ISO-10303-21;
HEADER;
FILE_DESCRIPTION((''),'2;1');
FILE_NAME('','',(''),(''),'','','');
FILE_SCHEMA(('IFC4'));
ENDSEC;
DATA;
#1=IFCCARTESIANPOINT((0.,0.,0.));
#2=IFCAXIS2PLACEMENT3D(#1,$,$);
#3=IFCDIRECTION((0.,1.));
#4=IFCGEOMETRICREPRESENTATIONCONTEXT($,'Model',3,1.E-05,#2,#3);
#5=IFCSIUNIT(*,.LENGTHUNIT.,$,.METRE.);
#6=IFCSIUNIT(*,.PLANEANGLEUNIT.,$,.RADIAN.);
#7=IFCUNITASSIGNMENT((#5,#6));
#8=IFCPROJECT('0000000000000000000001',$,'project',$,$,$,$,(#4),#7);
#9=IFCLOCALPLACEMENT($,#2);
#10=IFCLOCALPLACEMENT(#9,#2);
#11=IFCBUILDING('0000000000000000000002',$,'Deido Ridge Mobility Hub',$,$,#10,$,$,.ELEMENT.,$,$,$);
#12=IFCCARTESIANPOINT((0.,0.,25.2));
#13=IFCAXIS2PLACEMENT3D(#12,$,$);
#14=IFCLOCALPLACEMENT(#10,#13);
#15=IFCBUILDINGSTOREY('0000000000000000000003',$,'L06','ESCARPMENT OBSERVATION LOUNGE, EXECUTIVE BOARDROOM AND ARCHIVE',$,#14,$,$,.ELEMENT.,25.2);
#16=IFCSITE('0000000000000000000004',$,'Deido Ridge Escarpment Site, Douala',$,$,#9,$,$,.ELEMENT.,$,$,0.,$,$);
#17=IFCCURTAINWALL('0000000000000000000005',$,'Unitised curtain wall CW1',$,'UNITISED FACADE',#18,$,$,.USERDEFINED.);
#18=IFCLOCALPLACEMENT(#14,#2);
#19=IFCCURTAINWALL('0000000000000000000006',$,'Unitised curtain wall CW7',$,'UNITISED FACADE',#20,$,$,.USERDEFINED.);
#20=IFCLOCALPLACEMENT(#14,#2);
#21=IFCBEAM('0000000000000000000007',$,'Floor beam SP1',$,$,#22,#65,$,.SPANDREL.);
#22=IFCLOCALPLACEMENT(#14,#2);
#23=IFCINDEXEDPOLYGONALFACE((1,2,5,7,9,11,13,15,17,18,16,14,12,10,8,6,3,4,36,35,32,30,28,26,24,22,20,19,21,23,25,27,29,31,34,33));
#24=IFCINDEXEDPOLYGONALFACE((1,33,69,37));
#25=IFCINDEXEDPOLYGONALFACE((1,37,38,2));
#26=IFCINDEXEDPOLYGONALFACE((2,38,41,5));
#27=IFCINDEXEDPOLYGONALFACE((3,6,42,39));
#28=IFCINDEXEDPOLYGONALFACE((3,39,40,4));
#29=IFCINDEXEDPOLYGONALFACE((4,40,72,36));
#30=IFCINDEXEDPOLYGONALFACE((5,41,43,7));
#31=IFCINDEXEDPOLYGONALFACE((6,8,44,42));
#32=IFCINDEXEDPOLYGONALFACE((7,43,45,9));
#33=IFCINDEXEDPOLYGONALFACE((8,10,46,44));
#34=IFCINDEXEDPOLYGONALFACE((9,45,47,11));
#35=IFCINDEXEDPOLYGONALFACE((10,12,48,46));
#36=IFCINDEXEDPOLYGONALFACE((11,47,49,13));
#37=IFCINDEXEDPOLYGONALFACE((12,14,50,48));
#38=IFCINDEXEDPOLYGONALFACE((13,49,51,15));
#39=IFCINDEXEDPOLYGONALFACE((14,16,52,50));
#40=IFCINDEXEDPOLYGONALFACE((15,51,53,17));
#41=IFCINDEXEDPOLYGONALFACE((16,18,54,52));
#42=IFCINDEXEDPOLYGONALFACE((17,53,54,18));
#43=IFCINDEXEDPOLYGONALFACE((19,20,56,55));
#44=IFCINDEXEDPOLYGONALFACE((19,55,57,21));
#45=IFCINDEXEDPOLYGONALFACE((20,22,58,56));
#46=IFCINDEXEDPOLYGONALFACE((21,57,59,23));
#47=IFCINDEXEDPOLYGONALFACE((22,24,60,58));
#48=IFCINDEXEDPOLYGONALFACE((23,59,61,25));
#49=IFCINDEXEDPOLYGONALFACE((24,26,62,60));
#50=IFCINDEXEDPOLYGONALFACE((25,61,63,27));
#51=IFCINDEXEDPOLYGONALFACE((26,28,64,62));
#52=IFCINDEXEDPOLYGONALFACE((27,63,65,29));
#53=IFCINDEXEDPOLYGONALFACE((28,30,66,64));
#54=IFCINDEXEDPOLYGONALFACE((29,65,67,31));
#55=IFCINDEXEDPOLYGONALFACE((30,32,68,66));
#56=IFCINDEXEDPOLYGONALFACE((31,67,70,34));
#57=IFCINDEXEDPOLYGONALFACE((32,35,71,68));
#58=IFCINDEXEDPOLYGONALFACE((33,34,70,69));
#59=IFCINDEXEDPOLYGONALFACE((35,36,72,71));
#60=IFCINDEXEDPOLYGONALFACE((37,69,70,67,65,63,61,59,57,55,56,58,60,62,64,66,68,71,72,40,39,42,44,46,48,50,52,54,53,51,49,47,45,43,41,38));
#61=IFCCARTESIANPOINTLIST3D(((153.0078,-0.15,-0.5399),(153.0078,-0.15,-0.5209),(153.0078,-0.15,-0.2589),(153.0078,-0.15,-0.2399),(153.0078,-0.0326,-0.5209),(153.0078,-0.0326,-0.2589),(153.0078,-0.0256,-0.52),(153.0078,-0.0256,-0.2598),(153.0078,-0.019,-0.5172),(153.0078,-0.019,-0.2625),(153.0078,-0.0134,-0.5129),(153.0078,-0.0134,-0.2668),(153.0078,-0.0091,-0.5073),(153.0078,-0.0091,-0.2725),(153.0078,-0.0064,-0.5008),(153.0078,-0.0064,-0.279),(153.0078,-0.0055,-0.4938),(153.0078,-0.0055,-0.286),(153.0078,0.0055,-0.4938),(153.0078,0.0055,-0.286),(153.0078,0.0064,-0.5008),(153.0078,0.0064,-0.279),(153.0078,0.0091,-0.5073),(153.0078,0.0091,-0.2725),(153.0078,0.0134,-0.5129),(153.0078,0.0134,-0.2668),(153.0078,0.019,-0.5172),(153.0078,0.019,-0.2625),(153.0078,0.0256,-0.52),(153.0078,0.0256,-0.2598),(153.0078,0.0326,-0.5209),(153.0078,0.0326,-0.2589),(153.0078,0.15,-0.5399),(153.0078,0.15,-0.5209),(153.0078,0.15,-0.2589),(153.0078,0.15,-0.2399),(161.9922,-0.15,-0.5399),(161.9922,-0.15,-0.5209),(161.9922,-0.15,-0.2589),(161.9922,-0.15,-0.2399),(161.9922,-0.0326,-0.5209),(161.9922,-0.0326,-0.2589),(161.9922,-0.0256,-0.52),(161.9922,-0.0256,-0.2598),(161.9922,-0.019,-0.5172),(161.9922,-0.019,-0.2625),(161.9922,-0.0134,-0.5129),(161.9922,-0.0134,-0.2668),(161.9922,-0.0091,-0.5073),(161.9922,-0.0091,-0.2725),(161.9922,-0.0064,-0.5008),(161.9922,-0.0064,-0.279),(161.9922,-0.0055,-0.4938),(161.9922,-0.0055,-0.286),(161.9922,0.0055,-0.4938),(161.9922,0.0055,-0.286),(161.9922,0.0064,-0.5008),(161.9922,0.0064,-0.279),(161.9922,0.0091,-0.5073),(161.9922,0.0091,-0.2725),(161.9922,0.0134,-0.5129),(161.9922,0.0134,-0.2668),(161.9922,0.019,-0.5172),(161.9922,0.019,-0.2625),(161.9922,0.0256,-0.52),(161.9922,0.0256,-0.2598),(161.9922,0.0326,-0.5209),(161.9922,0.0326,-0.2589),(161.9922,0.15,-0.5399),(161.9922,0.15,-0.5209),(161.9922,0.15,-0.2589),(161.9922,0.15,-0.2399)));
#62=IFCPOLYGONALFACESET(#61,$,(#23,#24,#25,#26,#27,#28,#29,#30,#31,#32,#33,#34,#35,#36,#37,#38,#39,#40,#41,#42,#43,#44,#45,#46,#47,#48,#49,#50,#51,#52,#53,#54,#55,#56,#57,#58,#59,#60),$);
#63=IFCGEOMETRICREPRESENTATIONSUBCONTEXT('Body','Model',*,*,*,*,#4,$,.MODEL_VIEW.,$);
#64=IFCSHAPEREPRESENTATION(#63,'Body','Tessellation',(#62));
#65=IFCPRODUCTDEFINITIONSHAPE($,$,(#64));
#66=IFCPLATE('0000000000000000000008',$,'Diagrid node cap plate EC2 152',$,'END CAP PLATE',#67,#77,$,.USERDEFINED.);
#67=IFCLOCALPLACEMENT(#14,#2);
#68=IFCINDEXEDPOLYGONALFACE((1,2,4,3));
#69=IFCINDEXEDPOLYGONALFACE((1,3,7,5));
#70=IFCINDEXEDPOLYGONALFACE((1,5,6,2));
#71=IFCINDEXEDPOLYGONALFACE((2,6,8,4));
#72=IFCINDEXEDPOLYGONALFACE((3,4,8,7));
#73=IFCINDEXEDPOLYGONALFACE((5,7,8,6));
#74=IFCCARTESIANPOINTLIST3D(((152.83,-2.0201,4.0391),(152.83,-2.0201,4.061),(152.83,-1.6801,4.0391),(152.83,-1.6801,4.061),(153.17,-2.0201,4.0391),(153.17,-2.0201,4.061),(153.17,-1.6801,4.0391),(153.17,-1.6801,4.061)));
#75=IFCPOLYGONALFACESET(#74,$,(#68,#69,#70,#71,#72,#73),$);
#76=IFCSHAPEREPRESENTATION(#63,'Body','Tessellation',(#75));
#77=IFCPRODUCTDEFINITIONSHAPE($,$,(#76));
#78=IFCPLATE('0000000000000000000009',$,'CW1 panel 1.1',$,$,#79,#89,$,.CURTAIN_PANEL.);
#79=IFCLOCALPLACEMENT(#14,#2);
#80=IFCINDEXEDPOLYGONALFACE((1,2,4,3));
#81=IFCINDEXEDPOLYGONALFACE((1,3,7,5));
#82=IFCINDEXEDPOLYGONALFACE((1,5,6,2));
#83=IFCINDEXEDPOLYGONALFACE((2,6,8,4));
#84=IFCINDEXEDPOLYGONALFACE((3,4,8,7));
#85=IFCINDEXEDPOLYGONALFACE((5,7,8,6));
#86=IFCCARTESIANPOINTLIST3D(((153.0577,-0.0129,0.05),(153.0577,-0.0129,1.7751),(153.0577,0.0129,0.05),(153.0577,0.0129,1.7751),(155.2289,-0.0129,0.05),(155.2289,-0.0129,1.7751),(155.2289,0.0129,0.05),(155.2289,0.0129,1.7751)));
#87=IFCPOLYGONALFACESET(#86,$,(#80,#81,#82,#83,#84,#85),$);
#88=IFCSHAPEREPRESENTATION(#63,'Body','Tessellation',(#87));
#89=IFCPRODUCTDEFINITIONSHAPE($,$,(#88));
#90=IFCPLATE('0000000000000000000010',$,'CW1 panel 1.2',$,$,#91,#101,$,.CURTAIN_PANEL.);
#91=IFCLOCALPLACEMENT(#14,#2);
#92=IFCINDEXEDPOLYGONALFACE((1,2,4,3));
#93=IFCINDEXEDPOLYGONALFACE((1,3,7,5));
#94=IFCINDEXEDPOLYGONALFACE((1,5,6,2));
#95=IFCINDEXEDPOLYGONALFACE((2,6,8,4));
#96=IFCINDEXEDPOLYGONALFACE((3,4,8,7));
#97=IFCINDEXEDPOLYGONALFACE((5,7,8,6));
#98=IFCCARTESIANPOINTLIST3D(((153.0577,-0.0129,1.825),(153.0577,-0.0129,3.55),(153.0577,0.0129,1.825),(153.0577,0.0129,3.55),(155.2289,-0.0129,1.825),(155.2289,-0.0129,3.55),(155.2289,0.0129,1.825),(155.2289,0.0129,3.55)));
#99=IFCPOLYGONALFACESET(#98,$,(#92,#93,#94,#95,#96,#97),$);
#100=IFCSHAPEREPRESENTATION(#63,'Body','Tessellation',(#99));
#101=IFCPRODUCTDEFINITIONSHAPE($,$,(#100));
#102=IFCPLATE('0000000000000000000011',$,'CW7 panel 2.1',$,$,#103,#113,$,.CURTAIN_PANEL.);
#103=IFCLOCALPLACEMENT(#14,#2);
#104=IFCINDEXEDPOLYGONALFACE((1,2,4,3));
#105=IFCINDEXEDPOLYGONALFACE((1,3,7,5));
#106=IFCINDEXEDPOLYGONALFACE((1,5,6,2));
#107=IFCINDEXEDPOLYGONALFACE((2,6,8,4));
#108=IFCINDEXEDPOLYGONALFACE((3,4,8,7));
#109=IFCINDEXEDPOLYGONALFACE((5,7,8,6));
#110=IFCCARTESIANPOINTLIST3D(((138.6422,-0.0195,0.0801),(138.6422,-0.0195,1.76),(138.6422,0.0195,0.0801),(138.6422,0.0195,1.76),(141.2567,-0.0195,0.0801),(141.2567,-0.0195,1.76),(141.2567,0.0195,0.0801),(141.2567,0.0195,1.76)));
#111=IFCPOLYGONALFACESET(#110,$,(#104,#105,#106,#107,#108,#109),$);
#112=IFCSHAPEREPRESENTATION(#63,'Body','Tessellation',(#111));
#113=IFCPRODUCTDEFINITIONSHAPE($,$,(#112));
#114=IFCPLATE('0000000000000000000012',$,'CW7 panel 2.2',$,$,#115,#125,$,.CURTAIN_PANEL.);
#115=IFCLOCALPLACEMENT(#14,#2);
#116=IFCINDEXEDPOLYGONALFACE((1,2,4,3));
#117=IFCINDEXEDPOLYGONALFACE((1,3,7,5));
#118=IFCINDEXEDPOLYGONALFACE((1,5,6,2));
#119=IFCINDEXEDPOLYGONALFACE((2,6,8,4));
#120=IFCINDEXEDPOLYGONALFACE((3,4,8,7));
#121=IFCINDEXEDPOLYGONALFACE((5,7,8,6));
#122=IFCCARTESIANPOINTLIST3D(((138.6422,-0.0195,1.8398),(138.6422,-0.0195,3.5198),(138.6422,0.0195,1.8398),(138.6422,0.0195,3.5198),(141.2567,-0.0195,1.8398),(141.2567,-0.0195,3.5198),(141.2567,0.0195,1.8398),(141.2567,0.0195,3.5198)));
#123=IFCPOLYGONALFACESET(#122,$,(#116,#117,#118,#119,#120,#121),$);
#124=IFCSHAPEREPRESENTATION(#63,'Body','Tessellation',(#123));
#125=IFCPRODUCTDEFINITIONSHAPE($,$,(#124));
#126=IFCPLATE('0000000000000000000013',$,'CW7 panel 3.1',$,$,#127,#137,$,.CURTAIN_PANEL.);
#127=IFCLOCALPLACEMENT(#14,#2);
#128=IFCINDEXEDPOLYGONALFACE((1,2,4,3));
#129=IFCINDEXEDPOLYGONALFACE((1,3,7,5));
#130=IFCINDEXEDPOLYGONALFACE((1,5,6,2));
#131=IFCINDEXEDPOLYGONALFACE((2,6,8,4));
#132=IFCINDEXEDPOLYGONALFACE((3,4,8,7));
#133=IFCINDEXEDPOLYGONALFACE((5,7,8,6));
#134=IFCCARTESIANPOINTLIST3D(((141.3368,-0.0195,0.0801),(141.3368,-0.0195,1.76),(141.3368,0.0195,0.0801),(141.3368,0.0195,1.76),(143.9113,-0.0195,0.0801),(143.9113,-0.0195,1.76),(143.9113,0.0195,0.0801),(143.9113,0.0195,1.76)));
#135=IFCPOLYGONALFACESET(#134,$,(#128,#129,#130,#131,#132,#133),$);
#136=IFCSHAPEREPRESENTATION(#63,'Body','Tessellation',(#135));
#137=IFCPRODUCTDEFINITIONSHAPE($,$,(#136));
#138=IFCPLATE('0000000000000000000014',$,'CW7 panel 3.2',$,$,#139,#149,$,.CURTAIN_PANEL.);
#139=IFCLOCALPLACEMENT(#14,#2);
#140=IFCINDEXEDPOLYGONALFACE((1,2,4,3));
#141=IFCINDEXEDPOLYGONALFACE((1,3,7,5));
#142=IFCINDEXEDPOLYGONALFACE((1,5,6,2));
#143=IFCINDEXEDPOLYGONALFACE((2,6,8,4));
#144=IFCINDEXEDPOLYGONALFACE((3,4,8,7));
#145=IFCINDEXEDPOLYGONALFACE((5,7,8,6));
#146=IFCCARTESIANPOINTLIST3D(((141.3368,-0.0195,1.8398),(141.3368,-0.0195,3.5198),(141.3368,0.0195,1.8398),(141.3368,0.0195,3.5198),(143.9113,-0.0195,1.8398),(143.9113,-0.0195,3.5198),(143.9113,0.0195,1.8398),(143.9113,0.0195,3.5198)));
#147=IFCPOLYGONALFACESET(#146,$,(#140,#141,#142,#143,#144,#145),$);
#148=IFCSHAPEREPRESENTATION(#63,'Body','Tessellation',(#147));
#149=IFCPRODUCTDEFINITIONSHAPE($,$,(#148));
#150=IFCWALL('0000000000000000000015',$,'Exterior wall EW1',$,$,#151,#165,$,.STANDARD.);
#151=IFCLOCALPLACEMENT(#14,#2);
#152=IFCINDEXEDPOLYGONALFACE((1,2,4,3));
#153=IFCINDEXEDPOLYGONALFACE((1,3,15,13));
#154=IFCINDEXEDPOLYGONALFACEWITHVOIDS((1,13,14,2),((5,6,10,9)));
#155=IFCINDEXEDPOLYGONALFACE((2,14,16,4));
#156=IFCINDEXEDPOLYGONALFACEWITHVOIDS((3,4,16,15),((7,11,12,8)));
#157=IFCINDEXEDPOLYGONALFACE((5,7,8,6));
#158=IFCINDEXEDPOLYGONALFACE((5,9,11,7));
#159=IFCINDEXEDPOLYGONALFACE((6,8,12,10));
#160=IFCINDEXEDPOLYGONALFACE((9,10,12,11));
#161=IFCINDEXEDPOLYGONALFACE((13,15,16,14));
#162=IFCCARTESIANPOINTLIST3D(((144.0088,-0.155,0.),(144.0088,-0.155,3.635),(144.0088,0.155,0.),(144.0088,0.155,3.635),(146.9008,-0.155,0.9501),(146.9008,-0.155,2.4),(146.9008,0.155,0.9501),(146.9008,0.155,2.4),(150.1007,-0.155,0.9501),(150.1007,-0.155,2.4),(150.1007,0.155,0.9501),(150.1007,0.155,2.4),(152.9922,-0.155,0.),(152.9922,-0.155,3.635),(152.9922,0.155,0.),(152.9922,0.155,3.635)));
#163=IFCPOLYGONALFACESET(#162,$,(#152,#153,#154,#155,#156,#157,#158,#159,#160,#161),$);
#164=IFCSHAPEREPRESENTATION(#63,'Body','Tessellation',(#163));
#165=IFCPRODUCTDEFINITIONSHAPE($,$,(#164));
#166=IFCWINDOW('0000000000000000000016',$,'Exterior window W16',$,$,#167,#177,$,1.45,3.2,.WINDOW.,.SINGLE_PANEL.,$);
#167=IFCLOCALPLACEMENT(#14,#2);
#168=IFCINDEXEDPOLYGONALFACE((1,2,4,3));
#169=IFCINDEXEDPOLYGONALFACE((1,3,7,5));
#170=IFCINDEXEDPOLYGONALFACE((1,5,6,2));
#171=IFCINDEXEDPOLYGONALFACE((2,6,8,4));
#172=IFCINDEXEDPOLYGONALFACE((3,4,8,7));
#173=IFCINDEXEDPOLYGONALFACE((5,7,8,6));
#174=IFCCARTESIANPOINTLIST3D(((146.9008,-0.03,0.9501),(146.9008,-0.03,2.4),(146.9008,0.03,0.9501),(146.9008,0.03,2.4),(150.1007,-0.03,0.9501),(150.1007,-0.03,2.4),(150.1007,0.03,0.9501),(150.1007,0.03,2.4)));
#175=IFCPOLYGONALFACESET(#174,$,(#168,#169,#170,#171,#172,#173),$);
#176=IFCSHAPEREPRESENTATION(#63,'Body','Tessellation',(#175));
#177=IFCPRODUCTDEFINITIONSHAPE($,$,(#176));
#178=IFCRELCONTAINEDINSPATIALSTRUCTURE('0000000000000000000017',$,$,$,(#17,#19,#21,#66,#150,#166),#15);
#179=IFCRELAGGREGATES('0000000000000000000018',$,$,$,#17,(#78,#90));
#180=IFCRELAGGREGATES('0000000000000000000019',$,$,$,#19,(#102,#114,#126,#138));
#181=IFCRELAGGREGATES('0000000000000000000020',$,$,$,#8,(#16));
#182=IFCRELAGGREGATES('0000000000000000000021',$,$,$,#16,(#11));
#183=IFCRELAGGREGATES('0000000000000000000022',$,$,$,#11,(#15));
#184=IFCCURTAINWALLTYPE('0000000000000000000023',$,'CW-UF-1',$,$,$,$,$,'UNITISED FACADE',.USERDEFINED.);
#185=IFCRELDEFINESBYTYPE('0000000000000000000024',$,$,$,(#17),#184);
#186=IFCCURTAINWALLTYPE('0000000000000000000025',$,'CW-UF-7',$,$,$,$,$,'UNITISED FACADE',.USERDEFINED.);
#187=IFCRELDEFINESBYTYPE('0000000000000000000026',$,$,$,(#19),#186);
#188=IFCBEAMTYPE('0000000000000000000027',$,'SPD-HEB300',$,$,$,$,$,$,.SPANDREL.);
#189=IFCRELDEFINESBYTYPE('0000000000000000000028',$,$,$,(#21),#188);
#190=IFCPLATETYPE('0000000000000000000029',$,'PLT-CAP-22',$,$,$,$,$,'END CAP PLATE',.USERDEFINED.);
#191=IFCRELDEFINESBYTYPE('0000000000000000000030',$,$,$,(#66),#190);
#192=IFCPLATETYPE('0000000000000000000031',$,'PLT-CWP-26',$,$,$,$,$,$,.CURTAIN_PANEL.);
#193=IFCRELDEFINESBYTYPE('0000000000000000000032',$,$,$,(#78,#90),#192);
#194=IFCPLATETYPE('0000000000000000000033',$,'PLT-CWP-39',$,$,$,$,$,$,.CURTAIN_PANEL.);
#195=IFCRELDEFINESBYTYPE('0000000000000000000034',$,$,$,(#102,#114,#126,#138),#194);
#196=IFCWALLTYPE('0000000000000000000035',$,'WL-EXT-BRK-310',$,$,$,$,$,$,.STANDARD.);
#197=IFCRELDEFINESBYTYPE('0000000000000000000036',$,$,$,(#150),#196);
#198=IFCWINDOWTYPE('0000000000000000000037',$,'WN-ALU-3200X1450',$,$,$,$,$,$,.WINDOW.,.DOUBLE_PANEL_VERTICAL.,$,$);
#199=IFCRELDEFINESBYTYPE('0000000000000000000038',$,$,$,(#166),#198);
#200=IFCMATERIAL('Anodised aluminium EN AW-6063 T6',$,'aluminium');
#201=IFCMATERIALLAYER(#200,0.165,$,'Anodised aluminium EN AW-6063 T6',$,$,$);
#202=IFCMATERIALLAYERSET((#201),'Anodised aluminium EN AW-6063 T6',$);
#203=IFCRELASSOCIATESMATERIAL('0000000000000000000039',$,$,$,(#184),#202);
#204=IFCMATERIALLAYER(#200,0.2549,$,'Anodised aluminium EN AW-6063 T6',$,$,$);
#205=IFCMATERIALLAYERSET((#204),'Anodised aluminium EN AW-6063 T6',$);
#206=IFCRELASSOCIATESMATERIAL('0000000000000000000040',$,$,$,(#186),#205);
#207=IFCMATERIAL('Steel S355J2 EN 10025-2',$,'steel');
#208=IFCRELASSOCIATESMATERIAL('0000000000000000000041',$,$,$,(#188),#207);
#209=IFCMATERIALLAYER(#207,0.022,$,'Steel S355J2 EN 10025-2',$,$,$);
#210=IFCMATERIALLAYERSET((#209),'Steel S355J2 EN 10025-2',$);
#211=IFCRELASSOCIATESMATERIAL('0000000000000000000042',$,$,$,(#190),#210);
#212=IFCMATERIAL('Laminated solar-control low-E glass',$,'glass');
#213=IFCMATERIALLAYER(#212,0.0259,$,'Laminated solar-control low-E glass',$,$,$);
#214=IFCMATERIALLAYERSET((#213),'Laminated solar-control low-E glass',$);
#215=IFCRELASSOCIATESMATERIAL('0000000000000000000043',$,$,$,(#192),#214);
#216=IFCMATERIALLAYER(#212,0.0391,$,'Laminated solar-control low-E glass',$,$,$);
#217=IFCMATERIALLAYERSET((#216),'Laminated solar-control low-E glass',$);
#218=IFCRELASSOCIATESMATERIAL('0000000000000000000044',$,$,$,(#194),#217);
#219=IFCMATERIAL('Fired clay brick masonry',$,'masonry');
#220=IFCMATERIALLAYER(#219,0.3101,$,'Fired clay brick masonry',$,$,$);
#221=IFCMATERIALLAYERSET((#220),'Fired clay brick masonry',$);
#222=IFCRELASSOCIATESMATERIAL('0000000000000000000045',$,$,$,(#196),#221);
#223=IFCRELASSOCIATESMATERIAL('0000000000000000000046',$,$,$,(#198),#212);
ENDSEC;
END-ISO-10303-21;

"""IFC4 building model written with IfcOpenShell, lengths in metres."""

from ifc_helpers import new_model, si_unit, direction, frame, frame_2d, origin, origin_2d, place, context, subcontext, project, spatial, rectangle, i_section, extrude, material, layer, layer_set, material_profile, profile_set, type_object, element, fill, aggregate, save


model = new_model("IFC4")

# Units and contexts
model_context = context("Model", 3, precision=1e-05, world=origin(), true_north=direction((0.0, 1.0)))
body_context = subcontext(model_context, "Body", "Model", "MODEL_VIEW")
ifc_project = project(units=[si_unit("LENGTHUNIT", "METRE"), si_unit("PLANEANGLEUNIT", "RADIAN")], contexts=[model_context])

# Site, building, storey
site_placement = place(None, origin())
site = spatial("IfcSite", under=ifc_project, at=site_placement, Name="Deido Ridge Escarpment Site, Douala", CompositionType="ELEMENT", RefElevation=0.0)
building_placement = place(site_placement, origin())
building = spatial("IfcBuilding", under=site, at=building_placement, Name="Deido Ridge Mobility Hub", CompositionType="ELEMENT")
storey_placement = place(building_placement, frame((0.0, 0.0, 25.2)))
storey = spatial("IfcBuildingStorey", under=building, at=storey_placement, Name="L06", Description="ESCARPMENT OBSERVATION LOUNGE, EXECUTIVE BOARDROOM AND ARCHIVE", CompositionType="ELEMENT", Elevation=25.2)

# Shared definitions
ifc_material_1 = material(Name="Steel S355J2 EN 10025-2", Category="steel")

# Curtain walls
ifc_material_2 = material(Name="Anodised aluminium EN AW-6063 T6", Category="aluminium")
ifc_layer_1 = layer(ifc_material_2, 0.165, Name="Anodised aluminium EN AW-6063 T6")
ifc_layer_set_1 = layer_set([ifc_layer_1], Name="Anodised aluminium EN AW-6063 T6")
curtain_wall_type_1 = type_object("IfcCurtainWallType", Name="CW-UF-1", ElementType="UNITISED FACADE", PredefinedType="USERDEFINED", material=ifc_layer_set_1)
curtain_wall_1_placement = place(storey_placement, origin())
curtain_wall_1 = element("IfcCurtainWall", 1, at=curtain_wall_1_placement, inside=storey, type_object=curtain_wall_type_1, Name="Unitised curtain wall CW1", ObjectType="UNITISED FACADE", PredefinedType="USERDEFINED")
ifc_layer_2 = layer(ifc_material_2, 0.2549, Name="Anodised aluminium EN AW-6063 T6")
ifc_layer_set_2 = layer_set([ifc_layer_2], Name="Anodised aluminium EN AW-6063 T6")
curtain_wall_type_2 = type_object("IfcCurtainWallType", Name="CW-UF-7", ElementType="UNITISED FACADE", PredefinedType="USERDEFINED", material=ifc_layer_set_2)
curtain_wall_2_placement = place(storey_placement, origin())
curtain_wall_2 = element("IfcCurtainWall", 2, at=curtain_wall_2_placement, inside=storey, type_object=curtain_wall_type_2, Name="Unitised curtain wall CW7", ObjectType="UNITISED FACADE", PredefinedType="USERDEFINED")

# Beam
ifc_material_profile_1 = material_profile(ifc_material_1, i_section(OverallWidth=0.3, OverallDepth=0.3, WebThickness=0.011, FlangeThickness=0.019, FilletRadius=0.0271, at=origin_2d()), Name="HEB 300")
ifc_profile_set_1 = profile_set([ifc_material_profile_1], Name="Steel S355J2 EN 10025-2")
beam_type_1 = type_object("IfcBeamType", Name="SPD-HEB300", PredefinedType="SPANDREL", material=ifc_profile_set_1)
beam_1_placement = place(storey_placement, frame((153.0078, 0.0, -0.3899), z_axis=(1.0, 0.0, 0.0), x_axis=(0.0, 1.0, 0.0)))
element("IfcBeam", 3, at=beam_1_placement, inside=storey, type_object=beam_type_1, Name="Floor beam SP1", PredefinedType="SPANDREL", context=body_context, shape_type="SweptSolid", body=[
    extrude(i_section(OverallWidth=0.3, OverallDepth=0.3, WebThickness=0.011, FlangeThickness=0.019, FilletRadius=0.0271, at=origin_2d()), origin(), (0.0, 0.0, 1.0), 8.9844),
])

# Plates
ifc_layer_3 = layer(ifc_material_1, 0.022, Name="Steel S355J2 EN 10025-2")
ifc_layer_set_3 = layer_set([ifc_layer_3], Name="Steel S355J2 EN 10025-2")
plate_type_1 = type_object("IfcPlateType", Name="PLT-CAP-22", ElementType="END CAP PLATE", PredefinedType="USERDEFINED", material=ifc_layer_set_3)
plate_1_placement = place(storey_placement, frame((153.0, -1.8501, 4.0391), z_axis=(0.0, 0.0, 1.0), x_axis=(1.0, 0.0, 0.0)))
element("IfcPlate", 4, at=plate_1_placement, inside=storey, type_object=plate_type_1, Name="Diagrid node cap plate EC2 152", ObjectType="END CAP PLATE", PredefinedType="USERDEFINED", context=body_context, shape_type="SweptSolid", body=[
    extrude(rectangle(XDim=0.3401, YDim=0.3401, at=origin_2d()), origin(), (0.0, 0.0, 1.0), 0.022),
])
ifc_material_3 = material(Name="Laminated solar-control low-E glass", Category="glass")
ifc_layer_4 = layer(ifc_material_3, 0.0259, Name="Laminated solar-control low-E glass")
ifc_layer_set_4 = layer_set([ifc_layer_4], Name="Laminated solar-control low-E glass")
plate_type_2 = type_object("IfcPlateType", Name="PLT-CWP-26", PredefinedType="CURTAIN_PANEL", material=ifc_layer_set_4)
plate_2_placement = place(storey_placement, frame((154.1433, 0.0, 0.05), z_axis=(0.0, 0.0, 1.0), x_axis=(1.0, 0.0, 0.0)))
plate_2 = element("IfcPlate", 5, at=plate_2_placement, type_object=plate_type_2, Name="CW1 panel 1.1", PredefinedType="CURTAIN_PANEL", context=body_context, shape_type="SweptSolid", body=[
    extrude(rectangle(XDim=2.1711, YDim=0.0259, at=origin_2d()), origin(), (0.0, 0.0, 1.0), 1.7251),
])
plate_3_placement = place(storey_placement, frame((154.1433, 0.0, 1.825), z_axis=(0.0, 0.0, 1.0), x_axis=(1.0, 0.0, 0.0)))
plate_3 = element("IfcPlate", 6, at=plate_3_placement, type_object=plate_type_2, Name="CW1 panel 1.2", PredefinedType="CURTAIN_PANEL", context=body_context, shape_type="SweptSolid", body=[
    extrude(rectangle(XDim=2.1711, YDim=0.0259, at=origin_2d()), origin(), (0.0, 0.0, 1.0), 1.7251),
])
aggregate(curtain_wall_1, [plate_2, plate_3])
ifc_layer_5 = layer(ifc_material_3, 0.0391, Name="Laminated solar-control low-E glass")
ifc_layer_set_5 = layer_set([ifc_layer_5], Name="Laminated solar-control low-E glass")
plate_type_3 = type_object("IfcPlateType", Name="PLT-CWP-39", PredefinedType="CURTAIN_PANEL", material=ifc_layer_set_5)
plate_4_placement = place(storey_placement, frame((139.9495, 0.0, 0.0801), z_axis=(0.0, 0.0, 1.0), x_axis=(1.0, 0.0, 0.0)))
plate_4 = element("IfcPlate", 7, at=plate_4_placement, type_object=plate_type_3, Name="CW7 panel 2.1", PredefinedType="CURTAIN_PANEL", context=body_context, shape_type="SweptSolid", body=[
    extrude(rectangle(XDim=2.6145, YDim=0.0391, at=origin_2d()), origin(), (0.0, 0.0, 1.0), 1.6799),
])
plate_5_placement = place(storey_placement, frame((139.9495, 0.0, 1.8398), z_axis=(0.0, 0.0, 1.0), x_axis=(1.0, 0.0, 0.0)))
plate_5 = element("IfcPlate", 8, at=plate_5_placement, type_object=plate_type_3, Name="CW7 panel 2.2", PredefinedType="CURTAIN_PANEL", context=body_context, shape_type="SweptSolid", body=[
    extrude(rectangle(XDim=2.6145, YDim=0.0391, at=origin_2d()), origin(), (0.0, 0.0, 1.0), 1.6799),
])
plate_6_placement = place(storey_placement, frame((142.624, 0.0, 0.0801), z_axis=(0.0, 0.0, 1.0), x_axis=(1.0, 0.0, 0.0)))
plate_6 = element("IfcPlate", 9, at=plate_6_placement, type_object=plate_type_3, Name="CW7 panel 3.1", PredefinedType="CURTAIN_PANEL", context=body_context, shape_type="SweptSolid", body=[
    extrude(rectangle(XDim=2.5745, YDim=0.0391, at=origin_2d()), origin(), (0.0, 0.0, 1.0), 1.6799),
])
plate_7_placement = place(storey_placement, frame((142.624, 0.0, 1.8398), z_axis=(0.0, 0.0, 1.0), x_axis=(1.0, 0.0, 0.0)))
plate_7 = element("IfcPlate", 10, at=plate_7_placement, type_object=plate_type_3, Name="CW7 panel 3.2", PredefinedType="CURTAIN_PANEL", context=body_context, shape_type="SweptSolid", body=[
    extrude(rectangle(XDim=2.5745, YDim=0.0391, at=origin_2d()), origin(), (0.0, 0.0, 1.0), 1.6799),
])
aggregate(curtain_wall_2, [plate_4, plate_5, plate_6, plate_7])

# Wall, opening, window
ifc_material_4 = material(Name="Fired clay brick masonry", Category="masonry")
ifc_layer_6 = layer(ifc_material_4, 0.3101, Name="Fired clay brick masonry")
ifc_layer_set_6 = layer_set([ifc_layer_6], Name="Fired clay brick masonry")
wall_type = type_object("IfcWallType", Name="WL-EXT-BRK-310", PredefinedType="STANDARD", material=ifc_layer_set_6)
wall_placement = place(storey_placement, frame((144.0088, 0.0, 0.0), z_axis=(0.0, 0.0, 1.0), x_axis=(1.0, 0.0, 0.0)))
wall = element("IfcWall", 11, at=wall_placement, inside=storey, type_object=wall_type, Name="Exterior wall EW1", PredefinedType="STANDARD", context=body_context, shape_type="SweptSolid", body=[
    extrude(rectangle(XDim=8.9834, YDim=0.3101, at=frame_2d((4.4917, 0.0))), origin(), (0.0, 0.0, 1.0), 3.635),
])
opening_placement = place(wall_placement, frame((2.8918, 0.0, 0.95)))
opening = element("IfcOpeningElement", 12, at=opening_placement, cuts=wall, PredefinedType="OPENING", context=body_context, shape_type="SweptSolid", body=[
    extrude(rectangle(XDim=3.2, YDim=1.45, at=frame_2d((1.6001, 0.7251))), frame((0.0, 0.165, 0.0), z_axis=(0.0, -1.0, 0.0), x_axis=(1.0, 0.0, 0.0)), (0.0, 0.0, 1.0), 0.3301),
])
window_type = type_object("IfcWindowType", Name="WN-ALU-3200X1450", PartitioningType="DOUBLE_PANEL_VERTICAL", PredefinedType="WINDOW", material=ifc_material_3)
window_placement = place(opening_placement, origin())
window = element("IfcWindow", 13, at=window_placement, inside=storey, type_object=window_type, Name="Exterior window W16", OverallHeight=1.45, OverallWidth=3.2, PartitioningType="SINGLE_PANEL", PredefinedType="WINDOW", context=body_context, shape_type="SweptSolid", body=[
    extrude(rectangle(XDim=3.2, YDim=1.45, at=frame_2d((1.6001, 0.7251))), frame((0.0, 0.03, 0.0), z_axis=(0.0, -1.0, 0.0), x_axis=(1.0, 0.0, 0.0)), (0.0, 0.0, 1.0), 0.0601),
])
fill(opening, window)

save(model, "model.ifc")
